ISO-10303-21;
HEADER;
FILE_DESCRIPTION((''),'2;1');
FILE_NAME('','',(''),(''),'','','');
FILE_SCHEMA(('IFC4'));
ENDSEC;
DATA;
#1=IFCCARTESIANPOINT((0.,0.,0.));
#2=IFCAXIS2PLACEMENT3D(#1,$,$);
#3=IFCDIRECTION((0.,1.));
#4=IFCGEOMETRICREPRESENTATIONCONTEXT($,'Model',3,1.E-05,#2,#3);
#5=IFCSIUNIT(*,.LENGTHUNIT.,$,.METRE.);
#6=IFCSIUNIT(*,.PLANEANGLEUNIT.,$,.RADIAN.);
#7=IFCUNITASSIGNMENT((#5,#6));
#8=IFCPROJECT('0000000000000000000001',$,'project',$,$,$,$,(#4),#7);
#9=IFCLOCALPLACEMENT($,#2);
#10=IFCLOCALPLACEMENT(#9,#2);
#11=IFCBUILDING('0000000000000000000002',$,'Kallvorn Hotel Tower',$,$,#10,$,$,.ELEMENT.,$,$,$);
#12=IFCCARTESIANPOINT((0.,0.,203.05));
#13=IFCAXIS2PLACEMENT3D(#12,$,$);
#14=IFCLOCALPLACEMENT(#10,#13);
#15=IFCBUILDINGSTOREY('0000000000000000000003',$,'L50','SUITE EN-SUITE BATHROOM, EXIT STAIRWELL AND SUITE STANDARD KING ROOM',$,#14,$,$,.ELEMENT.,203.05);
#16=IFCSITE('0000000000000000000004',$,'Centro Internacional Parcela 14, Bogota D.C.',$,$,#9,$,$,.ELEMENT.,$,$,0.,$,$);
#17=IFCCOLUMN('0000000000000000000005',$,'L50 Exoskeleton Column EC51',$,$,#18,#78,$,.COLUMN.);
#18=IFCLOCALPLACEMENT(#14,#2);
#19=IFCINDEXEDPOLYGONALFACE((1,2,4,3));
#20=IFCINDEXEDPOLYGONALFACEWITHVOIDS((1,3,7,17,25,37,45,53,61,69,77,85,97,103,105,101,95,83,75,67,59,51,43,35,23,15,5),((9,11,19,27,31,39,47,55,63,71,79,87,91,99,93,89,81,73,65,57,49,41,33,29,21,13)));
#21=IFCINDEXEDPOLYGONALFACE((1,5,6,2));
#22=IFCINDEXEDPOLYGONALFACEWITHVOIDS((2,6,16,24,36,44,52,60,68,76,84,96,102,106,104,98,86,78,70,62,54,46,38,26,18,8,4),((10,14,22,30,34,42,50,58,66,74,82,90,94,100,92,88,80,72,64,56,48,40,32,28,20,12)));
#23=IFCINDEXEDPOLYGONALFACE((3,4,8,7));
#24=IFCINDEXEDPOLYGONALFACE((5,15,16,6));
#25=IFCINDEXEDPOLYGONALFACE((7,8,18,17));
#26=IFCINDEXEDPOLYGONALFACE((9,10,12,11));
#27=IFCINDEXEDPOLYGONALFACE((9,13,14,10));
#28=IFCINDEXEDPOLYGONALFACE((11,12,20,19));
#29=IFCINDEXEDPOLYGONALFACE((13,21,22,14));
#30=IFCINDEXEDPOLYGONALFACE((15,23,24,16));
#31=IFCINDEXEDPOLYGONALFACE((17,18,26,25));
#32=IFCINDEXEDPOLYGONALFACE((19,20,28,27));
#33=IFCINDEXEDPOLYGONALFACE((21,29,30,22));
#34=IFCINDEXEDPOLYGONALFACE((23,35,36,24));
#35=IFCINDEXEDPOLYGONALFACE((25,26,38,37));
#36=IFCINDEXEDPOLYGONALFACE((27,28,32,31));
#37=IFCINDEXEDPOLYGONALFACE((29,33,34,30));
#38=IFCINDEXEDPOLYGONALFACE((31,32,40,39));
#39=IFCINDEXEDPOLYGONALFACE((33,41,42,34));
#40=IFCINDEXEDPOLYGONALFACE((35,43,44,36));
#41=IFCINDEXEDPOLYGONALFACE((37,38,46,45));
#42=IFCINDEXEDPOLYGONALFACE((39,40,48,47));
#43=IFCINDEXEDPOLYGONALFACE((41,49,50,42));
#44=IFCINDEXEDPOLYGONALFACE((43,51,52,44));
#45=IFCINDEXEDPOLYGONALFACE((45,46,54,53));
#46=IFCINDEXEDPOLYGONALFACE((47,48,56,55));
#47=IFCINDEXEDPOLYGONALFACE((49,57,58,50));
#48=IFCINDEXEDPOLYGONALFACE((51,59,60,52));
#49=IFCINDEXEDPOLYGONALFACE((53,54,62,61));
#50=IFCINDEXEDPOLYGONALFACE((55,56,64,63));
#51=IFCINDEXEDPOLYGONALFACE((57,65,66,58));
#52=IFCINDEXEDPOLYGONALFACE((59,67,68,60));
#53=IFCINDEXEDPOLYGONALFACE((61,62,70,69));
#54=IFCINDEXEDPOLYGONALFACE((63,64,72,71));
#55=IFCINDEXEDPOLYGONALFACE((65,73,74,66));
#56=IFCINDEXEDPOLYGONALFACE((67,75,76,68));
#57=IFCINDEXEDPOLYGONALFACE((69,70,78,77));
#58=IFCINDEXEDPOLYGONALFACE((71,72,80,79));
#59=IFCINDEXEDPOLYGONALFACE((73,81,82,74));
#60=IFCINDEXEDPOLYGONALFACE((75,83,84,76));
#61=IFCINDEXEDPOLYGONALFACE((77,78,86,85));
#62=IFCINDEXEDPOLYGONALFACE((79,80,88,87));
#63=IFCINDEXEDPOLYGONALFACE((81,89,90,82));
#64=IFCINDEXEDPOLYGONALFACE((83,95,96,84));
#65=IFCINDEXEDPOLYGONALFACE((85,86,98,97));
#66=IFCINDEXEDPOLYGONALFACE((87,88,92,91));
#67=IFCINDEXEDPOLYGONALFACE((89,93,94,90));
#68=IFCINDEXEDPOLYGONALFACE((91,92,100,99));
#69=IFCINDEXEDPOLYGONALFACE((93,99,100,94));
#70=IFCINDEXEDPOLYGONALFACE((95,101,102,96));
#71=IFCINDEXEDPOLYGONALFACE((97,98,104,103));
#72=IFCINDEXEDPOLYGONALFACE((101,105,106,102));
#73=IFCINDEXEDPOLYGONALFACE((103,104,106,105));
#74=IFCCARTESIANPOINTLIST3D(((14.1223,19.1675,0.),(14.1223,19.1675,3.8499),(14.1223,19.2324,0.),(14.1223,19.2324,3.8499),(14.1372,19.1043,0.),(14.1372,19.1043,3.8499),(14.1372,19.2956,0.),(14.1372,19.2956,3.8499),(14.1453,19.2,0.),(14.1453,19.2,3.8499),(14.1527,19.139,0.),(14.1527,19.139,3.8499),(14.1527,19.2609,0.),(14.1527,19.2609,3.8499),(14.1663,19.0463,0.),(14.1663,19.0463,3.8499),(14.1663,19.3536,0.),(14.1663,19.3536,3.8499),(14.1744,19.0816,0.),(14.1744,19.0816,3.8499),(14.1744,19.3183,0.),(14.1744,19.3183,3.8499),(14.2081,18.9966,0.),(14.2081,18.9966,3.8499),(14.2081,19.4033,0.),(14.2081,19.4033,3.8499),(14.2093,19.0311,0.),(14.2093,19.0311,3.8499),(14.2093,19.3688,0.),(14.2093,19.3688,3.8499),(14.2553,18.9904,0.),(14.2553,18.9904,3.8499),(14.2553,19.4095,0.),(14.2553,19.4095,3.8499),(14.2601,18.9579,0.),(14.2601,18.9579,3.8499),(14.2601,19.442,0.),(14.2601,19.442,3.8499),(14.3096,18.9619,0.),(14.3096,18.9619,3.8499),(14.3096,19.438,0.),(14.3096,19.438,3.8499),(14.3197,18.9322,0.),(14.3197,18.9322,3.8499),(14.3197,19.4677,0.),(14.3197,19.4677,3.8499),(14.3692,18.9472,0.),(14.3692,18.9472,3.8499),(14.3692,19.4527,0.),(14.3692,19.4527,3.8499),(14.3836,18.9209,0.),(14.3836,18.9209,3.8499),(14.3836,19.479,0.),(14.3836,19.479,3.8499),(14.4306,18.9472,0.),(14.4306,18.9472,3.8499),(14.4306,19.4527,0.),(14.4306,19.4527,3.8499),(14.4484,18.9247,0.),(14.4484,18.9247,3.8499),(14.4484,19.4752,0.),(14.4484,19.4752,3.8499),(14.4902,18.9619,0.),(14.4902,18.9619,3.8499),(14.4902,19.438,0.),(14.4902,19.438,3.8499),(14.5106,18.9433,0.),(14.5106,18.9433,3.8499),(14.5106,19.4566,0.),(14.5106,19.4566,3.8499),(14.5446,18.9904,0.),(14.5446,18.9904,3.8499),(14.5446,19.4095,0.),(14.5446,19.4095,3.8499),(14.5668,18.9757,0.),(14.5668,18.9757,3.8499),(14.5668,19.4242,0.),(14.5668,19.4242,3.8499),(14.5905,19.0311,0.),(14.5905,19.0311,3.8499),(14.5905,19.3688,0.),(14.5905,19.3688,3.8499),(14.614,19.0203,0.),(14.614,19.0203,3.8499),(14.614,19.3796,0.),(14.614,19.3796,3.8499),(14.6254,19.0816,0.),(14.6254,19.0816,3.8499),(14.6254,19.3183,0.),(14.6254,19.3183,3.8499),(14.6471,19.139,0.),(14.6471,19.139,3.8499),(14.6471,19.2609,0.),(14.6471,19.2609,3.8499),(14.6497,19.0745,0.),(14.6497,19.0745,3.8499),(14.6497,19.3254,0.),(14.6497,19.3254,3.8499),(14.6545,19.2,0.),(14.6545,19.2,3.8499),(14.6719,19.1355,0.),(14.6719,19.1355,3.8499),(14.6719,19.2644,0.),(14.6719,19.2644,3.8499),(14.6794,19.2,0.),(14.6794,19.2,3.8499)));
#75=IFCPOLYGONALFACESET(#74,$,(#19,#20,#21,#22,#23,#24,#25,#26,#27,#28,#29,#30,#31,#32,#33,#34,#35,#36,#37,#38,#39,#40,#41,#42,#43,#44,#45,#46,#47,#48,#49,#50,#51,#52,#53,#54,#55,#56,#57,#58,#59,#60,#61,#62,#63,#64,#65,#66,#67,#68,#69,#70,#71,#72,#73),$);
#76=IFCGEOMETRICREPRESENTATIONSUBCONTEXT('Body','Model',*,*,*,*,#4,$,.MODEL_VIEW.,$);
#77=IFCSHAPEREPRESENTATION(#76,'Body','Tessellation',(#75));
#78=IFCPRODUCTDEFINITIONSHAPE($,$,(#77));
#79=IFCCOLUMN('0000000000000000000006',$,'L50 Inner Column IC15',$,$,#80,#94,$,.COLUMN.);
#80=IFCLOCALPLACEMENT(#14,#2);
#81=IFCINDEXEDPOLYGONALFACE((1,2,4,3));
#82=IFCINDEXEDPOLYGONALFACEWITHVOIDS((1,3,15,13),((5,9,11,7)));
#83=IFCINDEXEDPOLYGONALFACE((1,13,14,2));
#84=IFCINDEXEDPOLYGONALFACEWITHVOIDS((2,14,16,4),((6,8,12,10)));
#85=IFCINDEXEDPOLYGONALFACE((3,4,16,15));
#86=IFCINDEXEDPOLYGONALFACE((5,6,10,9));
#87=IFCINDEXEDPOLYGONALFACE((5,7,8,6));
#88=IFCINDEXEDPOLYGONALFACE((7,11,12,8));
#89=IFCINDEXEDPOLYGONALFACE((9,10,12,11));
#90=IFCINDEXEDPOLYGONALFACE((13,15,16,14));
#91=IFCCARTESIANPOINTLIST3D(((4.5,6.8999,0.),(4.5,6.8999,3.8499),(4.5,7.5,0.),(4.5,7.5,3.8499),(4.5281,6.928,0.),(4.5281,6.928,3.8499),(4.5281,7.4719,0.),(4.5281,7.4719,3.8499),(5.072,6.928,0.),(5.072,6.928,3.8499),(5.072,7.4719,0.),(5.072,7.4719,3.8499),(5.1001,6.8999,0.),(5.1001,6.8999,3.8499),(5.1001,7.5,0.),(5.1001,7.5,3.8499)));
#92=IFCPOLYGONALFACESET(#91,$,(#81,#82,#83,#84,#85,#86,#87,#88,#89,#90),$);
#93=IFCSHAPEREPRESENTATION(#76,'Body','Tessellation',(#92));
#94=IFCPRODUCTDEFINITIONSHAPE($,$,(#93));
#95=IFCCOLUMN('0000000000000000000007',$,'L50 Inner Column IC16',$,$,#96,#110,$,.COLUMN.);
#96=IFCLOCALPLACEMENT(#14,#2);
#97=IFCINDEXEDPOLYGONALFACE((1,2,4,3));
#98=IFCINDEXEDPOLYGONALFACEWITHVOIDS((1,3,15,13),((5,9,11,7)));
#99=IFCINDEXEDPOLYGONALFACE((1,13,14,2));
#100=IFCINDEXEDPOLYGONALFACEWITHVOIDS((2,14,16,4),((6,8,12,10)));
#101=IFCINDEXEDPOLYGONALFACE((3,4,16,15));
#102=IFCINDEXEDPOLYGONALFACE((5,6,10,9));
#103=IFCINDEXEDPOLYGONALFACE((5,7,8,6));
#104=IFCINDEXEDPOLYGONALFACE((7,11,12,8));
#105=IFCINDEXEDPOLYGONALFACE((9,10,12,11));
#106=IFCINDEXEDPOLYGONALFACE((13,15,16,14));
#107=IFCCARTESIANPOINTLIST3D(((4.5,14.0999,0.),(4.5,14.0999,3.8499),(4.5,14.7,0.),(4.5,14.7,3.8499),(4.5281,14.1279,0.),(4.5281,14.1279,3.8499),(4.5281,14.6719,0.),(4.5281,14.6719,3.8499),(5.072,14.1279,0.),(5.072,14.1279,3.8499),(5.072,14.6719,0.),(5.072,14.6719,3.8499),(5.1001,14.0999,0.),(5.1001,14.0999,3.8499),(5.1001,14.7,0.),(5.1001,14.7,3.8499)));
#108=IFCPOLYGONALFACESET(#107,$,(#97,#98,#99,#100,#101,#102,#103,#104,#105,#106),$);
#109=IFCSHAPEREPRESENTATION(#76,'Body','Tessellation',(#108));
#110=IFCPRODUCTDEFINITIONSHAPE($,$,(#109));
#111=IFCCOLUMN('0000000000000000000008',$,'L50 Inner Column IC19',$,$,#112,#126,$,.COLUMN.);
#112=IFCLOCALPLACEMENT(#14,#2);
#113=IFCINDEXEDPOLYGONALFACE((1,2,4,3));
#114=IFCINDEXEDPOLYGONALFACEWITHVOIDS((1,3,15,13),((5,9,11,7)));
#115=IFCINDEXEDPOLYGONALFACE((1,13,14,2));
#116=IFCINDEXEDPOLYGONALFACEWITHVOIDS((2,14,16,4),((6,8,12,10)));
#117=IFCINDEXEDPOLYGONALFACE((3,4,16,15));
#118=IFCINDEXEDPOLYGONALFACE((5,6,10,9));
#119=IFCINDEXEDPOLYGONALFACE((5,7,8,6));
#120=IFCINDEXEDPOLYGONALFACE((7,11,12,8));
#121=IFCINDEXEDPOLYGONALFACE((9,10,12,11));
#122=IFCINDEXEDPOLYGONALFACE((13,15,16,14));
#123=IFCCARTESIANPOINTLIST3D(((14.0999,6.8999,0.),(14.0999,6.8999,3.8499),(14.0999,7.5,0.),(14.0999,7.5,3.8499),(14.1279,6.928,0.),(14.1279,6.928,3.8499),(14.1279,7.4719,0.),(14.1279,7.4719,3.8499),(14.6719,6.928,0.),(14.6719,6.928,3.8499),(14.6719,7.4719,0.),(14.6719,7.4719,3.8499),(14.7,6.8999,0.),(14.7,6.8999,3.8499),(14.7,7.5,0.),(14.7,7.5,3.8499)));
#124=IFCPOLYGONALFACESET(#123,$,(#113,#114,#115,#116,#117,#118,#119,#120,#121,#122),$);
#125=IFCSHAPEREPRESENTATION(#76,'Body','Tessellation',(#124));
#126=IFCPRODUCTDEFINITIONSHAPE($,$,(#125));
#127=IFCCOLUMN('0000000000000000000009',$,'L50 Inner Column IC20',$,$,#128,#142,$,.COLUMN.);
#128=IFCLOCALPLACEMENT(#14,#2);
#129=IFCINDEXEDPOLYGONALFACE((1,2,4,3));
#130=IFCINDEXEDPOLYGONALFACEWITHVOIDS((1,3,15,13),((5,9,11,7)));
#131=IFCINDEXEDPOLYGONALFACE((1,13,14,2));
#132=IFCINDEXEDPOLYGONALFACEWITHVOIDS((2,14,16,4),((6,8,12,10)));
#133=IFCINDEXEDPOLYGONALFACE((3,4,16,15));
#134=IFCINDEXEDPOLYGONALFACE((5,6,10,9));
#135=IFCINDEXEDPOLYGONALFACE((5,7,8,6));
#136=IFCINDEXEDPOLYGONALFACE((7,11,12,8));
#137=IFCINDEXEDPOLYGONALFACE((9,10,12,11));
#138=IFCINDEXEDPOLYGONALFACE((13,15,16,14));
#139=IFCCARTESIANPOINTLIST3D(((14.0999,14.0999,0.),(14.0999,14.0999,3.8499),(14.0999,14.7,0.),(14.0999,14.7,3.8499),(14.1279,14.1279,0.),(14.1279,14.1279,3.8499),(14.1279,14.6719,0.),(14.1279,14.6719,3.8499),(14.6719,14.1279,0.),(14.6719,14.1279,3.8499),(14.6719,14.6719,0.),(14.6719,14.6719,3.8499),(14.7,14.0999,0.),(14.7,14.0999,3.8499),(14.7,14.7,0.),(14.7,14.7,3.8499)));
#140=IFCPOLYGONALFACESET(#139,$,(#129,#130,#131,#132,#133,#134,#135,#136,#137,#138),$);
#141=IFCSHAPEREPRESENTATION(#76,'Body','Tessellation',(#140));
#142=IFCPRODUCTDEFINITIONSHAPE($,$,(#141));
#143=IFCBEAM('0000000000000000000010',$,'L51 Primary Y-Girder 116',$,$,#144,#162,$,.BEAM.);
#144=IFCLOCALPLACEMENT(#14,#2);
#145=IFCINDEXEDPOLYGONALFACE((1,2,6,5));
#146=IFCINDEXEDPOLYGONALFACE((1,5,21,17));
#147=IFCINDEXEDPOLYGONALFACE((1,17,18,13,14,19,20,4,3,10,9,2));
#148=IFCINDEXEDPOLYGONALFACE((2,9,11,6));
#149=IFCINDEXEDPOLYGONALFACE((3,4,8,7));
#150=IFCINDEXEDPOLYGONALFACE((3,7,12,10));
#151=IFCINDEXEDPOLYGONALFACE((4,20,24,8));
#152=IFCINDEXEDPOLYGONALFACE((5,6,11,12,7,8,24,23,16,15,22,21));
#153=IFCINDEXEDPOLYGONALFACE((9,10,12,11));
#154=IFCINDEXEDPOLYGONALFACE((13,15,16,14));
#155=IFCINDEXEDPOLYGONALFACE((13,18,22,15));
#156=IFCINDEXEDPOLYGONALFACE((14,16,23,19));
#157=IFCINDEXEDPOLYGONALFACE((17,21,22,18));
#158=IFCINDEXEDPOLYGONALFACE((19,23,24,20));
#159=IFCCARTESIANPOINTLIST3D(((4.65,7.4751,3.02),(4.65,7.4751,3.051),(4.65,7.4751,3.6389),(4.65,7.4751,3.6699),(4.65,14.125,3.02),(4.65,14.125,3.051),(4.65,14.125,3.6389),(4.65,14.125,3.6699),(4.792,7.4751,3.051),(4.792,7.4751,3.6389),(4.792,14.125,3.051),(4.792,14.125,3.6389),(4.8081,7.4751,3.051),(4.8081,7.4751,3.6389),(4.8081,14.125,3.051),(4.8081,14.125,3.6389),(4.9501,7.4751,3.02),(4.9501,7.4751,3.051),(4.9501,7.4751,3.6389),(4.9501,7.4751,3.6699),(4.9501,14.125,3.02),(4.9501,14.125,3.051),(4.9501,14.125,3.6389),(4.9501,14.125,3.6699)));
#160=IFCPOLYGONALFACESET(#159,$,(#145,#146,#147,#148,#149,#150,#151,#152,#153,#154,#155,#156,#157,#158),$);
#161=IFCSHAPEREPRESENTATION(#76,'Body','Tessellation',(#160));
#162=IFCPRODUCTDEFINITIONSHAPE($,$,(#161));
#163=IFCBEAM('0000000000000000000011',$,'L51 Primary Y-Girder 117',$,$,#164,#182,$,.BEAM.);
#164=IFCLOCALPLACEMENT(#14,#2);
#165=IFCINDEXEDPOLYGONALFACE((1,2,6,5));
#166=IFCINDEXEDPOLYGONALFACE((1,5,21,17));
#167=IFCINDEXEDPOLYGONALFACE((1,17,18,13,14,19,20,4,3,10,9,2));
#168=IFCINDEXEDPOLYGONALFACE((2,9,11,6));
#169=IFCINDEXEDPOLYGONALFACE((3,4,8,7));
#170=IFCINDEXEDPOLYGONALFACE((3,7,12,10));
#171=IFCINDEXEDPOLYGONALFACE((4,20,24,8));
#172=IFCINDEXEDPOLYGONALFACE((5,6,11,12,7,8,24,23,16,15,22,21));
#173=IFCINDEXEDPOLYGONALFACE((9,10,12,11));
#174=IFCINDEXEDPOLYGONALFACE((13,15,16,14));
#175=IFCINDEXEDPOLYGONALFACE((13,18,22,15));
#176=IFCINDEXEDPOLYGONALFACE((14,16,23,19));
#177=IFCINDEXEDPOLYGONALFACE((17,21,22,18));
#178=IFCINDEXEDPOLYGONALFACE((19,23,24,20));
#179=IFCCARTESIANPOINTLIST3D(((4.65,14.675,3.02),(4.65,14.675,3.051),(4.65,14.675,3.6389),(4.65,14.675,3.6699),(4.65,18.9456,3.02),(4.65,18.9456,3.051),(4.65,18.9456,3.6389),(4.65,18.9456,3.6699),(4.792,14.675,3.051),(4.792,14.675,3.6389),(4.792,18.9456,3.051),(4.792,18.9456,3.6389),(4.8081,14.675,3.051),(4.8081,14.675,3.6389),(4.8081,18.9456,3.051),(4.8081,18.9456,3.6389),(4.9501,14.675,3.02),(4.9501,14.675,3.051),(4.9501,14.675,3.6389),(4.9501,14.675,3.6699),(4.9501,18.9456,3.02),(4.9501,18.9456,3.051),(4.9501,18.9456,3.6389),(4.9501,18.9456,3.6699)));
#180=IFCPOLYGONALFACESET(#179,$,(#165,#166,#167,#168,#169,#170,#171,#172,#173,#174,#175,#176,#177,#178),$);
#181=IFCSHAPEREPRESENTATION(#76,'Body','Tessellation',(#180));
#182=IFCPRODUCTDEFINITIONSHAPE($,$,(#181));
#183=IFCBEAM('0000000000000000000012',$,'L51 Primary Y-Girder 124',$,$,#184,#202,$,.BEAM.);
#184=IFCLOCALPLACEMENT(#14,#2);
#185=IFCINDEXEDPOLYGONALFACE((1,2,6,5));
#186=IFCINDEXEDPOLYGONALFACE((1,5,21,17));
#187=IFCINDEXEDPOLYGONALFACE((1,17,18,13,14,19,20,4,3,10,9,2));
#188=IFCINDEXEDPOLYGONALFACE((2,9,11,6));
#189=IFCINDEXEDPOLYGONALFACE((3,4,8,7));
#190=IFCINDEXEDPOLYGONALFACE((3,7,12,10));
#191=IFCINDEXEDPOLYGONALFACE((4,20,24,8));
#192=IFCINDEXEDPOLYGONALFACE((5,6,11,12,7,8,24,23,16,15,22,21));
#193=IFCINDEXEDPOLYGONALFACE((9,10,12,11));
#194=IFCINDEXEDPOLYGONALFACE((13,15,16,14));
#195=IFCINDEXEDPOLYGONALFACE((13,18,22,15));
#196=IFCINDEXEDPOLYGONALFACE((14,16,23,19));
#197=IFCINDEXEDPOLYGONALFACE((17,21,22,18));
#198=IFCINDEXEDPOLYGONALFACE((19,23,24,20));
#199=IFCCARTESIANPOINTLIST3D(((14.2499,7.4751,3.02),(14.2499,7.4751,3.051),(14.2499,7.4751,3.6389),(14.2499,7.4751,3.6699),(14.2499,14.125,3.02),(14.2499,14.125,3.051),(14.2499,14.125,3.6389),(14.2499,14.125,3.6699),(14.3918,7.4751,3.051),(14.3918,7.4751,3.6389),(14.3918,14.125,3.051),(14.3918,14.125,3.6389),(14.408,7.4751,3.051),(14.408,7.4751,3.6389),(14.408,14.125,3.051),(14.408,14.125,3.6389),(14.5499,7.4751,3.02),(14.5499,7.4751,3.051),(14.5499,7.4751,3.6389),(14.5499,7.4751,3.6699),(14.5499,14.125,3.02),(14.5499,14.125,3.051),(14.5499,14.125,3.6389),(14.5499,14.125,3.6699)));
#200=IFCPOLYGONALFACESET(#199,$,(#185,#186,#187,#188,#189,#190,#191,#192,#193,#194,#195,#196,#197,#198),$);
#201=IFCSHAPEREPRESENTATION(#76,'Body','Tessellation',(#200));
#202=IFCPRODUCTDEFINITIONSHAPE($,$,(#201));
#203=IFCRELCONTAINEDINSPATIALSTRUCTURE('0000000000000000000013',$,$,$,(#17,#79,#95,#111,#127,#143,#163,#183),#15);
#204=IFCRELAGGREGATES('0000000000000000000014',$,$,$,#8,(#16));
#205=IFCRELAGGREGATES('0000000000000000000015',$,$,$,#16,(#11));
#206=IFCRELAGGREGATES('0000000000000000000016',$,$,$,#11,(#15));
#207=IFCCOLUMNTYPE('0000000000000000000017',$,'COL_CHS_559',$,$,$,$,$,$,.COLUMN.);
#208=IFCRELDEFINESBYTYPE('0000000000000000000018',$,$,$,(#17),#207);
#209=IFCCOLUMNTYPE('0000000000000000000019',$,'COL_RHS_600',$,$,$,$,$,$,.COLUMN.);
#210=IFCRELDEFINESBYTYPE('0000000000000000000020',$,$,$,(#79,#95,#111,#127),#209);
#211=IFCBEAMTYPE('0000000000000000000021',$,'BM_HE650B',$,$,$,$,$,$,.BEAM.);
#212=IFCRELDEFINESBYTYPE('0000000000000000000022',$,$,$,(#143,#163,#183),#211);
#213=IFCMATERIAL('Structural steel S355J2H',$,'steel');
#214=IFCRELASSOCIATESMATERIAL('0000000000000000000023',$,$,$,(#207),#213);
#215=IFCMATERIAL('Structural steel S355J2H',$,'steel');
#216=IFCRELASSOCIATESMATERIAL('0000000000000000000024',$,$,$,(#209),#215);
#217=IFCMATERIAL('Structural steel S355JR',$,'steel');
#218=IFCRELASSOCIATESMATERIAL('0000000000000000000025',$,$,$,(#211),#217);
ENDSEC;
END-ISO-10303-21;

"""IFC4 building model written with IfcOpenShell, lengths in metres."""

from ifc_helpers import new_model, si_unit, direction, frame, origin, origin_2d, place, context, subcontext, project, spatial, hollow_rectangle, hollow_circle, i_section, extrude, material, material_profile, profile_set, type_object, element, save


model = new_model("IFC4")

# Units and contexts
model_context = context("Model", 3, precision=1e-05, world=origin(), true_north=direction((0.0, 1.0)))
body_context = subcontext(model_context, "Body", "Model", "MODEL_VIEW")
ifc_project = project(units=[si_unit("LENGTHUNIT", "METRE"), si_unit("PLANEANGLEUNIT", "RADIAN")], contexts=[model_context])

# Site, building, storey
site_placement = place(None, origin())
site = spatial("IfcSite", under=ifc_project, at=site_placement, Name="Centro Internacional Parcela 14, Bogota D.C.", CompositionType="ELEMENT", RefElevation=0.0)
building_placement = place(site_placement, origin())
building = spatial("IfcBuilding", under=site, at=building_placement, Name="Kallvorn Hotel Tower", CompositionType="ELEMENT")
storey_placement = place(building_placement, frame((0.0, 0.0, 203.05)))
storey = spatial("IfcBuildingStorey", under=building, at=storey_placement, Name="L50", Description="SUITE EN-SUITE BATHROOM, EXIT STAIRWELL AND SUITE STANDARD KING ROOM", CompositionType="ELEMENT", Elevation=203.05)

# Columns
ifc_material_1 = material(Name="Structural steel S355J2H", Category="steel")
ifc_material_profile_1 = material_profile(ifc_material_1, hollow_circle(Radius=0.2795, WallThickness=0.0249, at=origin_2d()), Name="CHS 559x25")
ifc_profile_set_1 = profile_set([ifc_material_profile_1], Name="Structural steel S355J2H")
column_type_1 = type_object("IfcColumnType", Name="COL_CHS_559", PredefinedType="COLUMN", material=ifc_profile_set_1)
for number, where, z_axis, x_axis, name in (
    (1, (14.3999, 19.2, 0.0), (0.0, 0.0, 1.0), (1.0, 0.0, 0.0), "L50 Exoskeleton Column EC51"),
):
    element("IfcColumn", number, at=place(storey_placement, frame(where, z_axis=z_axis, x_axis=x_axis)), inside=storey, type_object=column_type_1, Name=name, PredefinedType="COLUMN", context=body_context, shape_type="SweptSolid", body=[
        extrude(hollow_circle(Radius=0.2795, WallThickness=0.0249, at=origin_2d()), origin(), (0.0, 0.0, 1.0), 3.8499),
    ])
ifc_material_2 = material(Name="Structural steel S355J2H", Category="steel")
ifc_material_profile_2 = material_profile(ifc_material_2, hollow_rectangle(XDim=0.6001, YDim=0.6001, WallThickness=0.0281, at=origin_2d()), Name="RHS 600x600x28")
ifc_profile_set_2 = profile_set([ifc_material_profile_2], Name="Structural steel S355J2H")
column_type_2 = type_object("IfcColumnType", Name="COL_RHS_600", PredefinedType="COLUMN", material=ifc_profile_set_2)
for number, where, z_axis, x_axis, name in (
    (2, (4.8, 7.2, 0.0), (0.0, 0.0, 1.0), (1.0, 0.0, 0.0), "L50 Inner Column IC15"),
    (3, (4.8, 14.3999, 0.0), (0.0, 0.0, 1.0), (1.0, 0.0, 0.0), "L50 Inner Column IC16"),
    (4, (14.3999, 7.2, 0.0), (0.0, 0.0, 1.0), (1.0, 0.0, 0.0), "L50 Inner Column IC19"),
    (5, (14.3999, 14.3999, 0.0), (0.0, 0.0, 1.0), (1.0, 0.0, 0.0), "L50 Inner Column IC20"),
):
    element("IfcColumn", number, at=place(storey_placement, frame(where, z_axis=z_axis, x_axis=x_axis)), inside=storey, type_object=column_type_2, Name=name, PredefinedType="COLUMN", context=body_context, shape_type="SweptSolid", body=[
        extrude(hollow_rectangle(XDim=0.6001, YDim=0.6001, WallThickness=0.0281, at=origin_2d()), origin(), (0.0, 0.0, 1.0), 3.8499),
    ])

# Beams
ifc_material_3 = material(Name="Structural steel S355JR", Category="steel")
ifc_material_profile_3 = material_profile(ifc_material_3, i_section(OverallWidth=0.3, OverallDepth=0.6499, WebThickness=0.0161, FlangeThickness=0.031, at=origin_2d()), Name="HE 650 B")
ifc_profile_set_3 = profile_set([ifc_material_profile_3], Name="Structural steel S355JR")
beam_type_1 = type_object("IfcBeamType", Name="BM_HE650B", PredefinedType="BEAM", material=ifc_profile_set_3)
beam_1_placement = place(storey_placement, frame((4.8, 7.4751, 3.345), z_axis=(0.0, 1.0, 0.0), x_axis=(-1.0, 0.0, 0.0)))
element("IfcBeam", 6, at=beam_1_placement, inside=storey, type_object=beam_type_1, Name="L51 Primary Y-Girder 116", PredefinedType="BEAM", context=body_context, shape_type="SweptSolid", body=[
    extrude(i_section(OverallWidth=0.3, OverallDepth=0.6499, WebThickness=0.0161, FlangeThickness=0.031, at=origin_2d()), origin(), (0.0, 0.0, 1.0), 6.6499),
])
beam_2_placement = place(storey_placement, frame((4.8, 14.675, 3.345), z_axis=(0.0, 1.0, 0.0), x_axis=(-1.0, 0.0, 0.0)))
element("IfcBeam", 7, at=beam_2_placement, inside=storey, type_object=beam_type_1, Name="L51 Primary Y-Girder 117", PredefinedType="BEAM", context=body_context, shape_type="SweptSolid", body=[
    extrude(i_section(OverallWidth=0.3, OverallDepth=0.6499, WebThickness=0.0161, FlangeThickness=0.031, at=origin_2d()), origin(), (0.0, 0.0, 1.0), 4.2705),
])
beam_3_placement = place(storey_placement, frame((14.3999, 7.4751, 3.345), z_axis=(0.0, 1.0, 0.0), x_axis=(-1.0, 0.0, 0.0)))
element("IfcBeam", 8, at=beam_3_placement, inside=storey, type_object=beam_type_1, Name="L51 Primary Y-Girder 124", PredefinedType="BEAM", context=body_context, shape_type="SweptSolid", body=[
    extrude(i_section(OverallWidth=0.3, OverallDepth=0.6499, WebThickness=0.0161, FlangeThickness=0.031, at=origin_2d()), origin(), (0.0, 0.0, 1.0), 6.6499),
])

save(model, "model.ifc")
